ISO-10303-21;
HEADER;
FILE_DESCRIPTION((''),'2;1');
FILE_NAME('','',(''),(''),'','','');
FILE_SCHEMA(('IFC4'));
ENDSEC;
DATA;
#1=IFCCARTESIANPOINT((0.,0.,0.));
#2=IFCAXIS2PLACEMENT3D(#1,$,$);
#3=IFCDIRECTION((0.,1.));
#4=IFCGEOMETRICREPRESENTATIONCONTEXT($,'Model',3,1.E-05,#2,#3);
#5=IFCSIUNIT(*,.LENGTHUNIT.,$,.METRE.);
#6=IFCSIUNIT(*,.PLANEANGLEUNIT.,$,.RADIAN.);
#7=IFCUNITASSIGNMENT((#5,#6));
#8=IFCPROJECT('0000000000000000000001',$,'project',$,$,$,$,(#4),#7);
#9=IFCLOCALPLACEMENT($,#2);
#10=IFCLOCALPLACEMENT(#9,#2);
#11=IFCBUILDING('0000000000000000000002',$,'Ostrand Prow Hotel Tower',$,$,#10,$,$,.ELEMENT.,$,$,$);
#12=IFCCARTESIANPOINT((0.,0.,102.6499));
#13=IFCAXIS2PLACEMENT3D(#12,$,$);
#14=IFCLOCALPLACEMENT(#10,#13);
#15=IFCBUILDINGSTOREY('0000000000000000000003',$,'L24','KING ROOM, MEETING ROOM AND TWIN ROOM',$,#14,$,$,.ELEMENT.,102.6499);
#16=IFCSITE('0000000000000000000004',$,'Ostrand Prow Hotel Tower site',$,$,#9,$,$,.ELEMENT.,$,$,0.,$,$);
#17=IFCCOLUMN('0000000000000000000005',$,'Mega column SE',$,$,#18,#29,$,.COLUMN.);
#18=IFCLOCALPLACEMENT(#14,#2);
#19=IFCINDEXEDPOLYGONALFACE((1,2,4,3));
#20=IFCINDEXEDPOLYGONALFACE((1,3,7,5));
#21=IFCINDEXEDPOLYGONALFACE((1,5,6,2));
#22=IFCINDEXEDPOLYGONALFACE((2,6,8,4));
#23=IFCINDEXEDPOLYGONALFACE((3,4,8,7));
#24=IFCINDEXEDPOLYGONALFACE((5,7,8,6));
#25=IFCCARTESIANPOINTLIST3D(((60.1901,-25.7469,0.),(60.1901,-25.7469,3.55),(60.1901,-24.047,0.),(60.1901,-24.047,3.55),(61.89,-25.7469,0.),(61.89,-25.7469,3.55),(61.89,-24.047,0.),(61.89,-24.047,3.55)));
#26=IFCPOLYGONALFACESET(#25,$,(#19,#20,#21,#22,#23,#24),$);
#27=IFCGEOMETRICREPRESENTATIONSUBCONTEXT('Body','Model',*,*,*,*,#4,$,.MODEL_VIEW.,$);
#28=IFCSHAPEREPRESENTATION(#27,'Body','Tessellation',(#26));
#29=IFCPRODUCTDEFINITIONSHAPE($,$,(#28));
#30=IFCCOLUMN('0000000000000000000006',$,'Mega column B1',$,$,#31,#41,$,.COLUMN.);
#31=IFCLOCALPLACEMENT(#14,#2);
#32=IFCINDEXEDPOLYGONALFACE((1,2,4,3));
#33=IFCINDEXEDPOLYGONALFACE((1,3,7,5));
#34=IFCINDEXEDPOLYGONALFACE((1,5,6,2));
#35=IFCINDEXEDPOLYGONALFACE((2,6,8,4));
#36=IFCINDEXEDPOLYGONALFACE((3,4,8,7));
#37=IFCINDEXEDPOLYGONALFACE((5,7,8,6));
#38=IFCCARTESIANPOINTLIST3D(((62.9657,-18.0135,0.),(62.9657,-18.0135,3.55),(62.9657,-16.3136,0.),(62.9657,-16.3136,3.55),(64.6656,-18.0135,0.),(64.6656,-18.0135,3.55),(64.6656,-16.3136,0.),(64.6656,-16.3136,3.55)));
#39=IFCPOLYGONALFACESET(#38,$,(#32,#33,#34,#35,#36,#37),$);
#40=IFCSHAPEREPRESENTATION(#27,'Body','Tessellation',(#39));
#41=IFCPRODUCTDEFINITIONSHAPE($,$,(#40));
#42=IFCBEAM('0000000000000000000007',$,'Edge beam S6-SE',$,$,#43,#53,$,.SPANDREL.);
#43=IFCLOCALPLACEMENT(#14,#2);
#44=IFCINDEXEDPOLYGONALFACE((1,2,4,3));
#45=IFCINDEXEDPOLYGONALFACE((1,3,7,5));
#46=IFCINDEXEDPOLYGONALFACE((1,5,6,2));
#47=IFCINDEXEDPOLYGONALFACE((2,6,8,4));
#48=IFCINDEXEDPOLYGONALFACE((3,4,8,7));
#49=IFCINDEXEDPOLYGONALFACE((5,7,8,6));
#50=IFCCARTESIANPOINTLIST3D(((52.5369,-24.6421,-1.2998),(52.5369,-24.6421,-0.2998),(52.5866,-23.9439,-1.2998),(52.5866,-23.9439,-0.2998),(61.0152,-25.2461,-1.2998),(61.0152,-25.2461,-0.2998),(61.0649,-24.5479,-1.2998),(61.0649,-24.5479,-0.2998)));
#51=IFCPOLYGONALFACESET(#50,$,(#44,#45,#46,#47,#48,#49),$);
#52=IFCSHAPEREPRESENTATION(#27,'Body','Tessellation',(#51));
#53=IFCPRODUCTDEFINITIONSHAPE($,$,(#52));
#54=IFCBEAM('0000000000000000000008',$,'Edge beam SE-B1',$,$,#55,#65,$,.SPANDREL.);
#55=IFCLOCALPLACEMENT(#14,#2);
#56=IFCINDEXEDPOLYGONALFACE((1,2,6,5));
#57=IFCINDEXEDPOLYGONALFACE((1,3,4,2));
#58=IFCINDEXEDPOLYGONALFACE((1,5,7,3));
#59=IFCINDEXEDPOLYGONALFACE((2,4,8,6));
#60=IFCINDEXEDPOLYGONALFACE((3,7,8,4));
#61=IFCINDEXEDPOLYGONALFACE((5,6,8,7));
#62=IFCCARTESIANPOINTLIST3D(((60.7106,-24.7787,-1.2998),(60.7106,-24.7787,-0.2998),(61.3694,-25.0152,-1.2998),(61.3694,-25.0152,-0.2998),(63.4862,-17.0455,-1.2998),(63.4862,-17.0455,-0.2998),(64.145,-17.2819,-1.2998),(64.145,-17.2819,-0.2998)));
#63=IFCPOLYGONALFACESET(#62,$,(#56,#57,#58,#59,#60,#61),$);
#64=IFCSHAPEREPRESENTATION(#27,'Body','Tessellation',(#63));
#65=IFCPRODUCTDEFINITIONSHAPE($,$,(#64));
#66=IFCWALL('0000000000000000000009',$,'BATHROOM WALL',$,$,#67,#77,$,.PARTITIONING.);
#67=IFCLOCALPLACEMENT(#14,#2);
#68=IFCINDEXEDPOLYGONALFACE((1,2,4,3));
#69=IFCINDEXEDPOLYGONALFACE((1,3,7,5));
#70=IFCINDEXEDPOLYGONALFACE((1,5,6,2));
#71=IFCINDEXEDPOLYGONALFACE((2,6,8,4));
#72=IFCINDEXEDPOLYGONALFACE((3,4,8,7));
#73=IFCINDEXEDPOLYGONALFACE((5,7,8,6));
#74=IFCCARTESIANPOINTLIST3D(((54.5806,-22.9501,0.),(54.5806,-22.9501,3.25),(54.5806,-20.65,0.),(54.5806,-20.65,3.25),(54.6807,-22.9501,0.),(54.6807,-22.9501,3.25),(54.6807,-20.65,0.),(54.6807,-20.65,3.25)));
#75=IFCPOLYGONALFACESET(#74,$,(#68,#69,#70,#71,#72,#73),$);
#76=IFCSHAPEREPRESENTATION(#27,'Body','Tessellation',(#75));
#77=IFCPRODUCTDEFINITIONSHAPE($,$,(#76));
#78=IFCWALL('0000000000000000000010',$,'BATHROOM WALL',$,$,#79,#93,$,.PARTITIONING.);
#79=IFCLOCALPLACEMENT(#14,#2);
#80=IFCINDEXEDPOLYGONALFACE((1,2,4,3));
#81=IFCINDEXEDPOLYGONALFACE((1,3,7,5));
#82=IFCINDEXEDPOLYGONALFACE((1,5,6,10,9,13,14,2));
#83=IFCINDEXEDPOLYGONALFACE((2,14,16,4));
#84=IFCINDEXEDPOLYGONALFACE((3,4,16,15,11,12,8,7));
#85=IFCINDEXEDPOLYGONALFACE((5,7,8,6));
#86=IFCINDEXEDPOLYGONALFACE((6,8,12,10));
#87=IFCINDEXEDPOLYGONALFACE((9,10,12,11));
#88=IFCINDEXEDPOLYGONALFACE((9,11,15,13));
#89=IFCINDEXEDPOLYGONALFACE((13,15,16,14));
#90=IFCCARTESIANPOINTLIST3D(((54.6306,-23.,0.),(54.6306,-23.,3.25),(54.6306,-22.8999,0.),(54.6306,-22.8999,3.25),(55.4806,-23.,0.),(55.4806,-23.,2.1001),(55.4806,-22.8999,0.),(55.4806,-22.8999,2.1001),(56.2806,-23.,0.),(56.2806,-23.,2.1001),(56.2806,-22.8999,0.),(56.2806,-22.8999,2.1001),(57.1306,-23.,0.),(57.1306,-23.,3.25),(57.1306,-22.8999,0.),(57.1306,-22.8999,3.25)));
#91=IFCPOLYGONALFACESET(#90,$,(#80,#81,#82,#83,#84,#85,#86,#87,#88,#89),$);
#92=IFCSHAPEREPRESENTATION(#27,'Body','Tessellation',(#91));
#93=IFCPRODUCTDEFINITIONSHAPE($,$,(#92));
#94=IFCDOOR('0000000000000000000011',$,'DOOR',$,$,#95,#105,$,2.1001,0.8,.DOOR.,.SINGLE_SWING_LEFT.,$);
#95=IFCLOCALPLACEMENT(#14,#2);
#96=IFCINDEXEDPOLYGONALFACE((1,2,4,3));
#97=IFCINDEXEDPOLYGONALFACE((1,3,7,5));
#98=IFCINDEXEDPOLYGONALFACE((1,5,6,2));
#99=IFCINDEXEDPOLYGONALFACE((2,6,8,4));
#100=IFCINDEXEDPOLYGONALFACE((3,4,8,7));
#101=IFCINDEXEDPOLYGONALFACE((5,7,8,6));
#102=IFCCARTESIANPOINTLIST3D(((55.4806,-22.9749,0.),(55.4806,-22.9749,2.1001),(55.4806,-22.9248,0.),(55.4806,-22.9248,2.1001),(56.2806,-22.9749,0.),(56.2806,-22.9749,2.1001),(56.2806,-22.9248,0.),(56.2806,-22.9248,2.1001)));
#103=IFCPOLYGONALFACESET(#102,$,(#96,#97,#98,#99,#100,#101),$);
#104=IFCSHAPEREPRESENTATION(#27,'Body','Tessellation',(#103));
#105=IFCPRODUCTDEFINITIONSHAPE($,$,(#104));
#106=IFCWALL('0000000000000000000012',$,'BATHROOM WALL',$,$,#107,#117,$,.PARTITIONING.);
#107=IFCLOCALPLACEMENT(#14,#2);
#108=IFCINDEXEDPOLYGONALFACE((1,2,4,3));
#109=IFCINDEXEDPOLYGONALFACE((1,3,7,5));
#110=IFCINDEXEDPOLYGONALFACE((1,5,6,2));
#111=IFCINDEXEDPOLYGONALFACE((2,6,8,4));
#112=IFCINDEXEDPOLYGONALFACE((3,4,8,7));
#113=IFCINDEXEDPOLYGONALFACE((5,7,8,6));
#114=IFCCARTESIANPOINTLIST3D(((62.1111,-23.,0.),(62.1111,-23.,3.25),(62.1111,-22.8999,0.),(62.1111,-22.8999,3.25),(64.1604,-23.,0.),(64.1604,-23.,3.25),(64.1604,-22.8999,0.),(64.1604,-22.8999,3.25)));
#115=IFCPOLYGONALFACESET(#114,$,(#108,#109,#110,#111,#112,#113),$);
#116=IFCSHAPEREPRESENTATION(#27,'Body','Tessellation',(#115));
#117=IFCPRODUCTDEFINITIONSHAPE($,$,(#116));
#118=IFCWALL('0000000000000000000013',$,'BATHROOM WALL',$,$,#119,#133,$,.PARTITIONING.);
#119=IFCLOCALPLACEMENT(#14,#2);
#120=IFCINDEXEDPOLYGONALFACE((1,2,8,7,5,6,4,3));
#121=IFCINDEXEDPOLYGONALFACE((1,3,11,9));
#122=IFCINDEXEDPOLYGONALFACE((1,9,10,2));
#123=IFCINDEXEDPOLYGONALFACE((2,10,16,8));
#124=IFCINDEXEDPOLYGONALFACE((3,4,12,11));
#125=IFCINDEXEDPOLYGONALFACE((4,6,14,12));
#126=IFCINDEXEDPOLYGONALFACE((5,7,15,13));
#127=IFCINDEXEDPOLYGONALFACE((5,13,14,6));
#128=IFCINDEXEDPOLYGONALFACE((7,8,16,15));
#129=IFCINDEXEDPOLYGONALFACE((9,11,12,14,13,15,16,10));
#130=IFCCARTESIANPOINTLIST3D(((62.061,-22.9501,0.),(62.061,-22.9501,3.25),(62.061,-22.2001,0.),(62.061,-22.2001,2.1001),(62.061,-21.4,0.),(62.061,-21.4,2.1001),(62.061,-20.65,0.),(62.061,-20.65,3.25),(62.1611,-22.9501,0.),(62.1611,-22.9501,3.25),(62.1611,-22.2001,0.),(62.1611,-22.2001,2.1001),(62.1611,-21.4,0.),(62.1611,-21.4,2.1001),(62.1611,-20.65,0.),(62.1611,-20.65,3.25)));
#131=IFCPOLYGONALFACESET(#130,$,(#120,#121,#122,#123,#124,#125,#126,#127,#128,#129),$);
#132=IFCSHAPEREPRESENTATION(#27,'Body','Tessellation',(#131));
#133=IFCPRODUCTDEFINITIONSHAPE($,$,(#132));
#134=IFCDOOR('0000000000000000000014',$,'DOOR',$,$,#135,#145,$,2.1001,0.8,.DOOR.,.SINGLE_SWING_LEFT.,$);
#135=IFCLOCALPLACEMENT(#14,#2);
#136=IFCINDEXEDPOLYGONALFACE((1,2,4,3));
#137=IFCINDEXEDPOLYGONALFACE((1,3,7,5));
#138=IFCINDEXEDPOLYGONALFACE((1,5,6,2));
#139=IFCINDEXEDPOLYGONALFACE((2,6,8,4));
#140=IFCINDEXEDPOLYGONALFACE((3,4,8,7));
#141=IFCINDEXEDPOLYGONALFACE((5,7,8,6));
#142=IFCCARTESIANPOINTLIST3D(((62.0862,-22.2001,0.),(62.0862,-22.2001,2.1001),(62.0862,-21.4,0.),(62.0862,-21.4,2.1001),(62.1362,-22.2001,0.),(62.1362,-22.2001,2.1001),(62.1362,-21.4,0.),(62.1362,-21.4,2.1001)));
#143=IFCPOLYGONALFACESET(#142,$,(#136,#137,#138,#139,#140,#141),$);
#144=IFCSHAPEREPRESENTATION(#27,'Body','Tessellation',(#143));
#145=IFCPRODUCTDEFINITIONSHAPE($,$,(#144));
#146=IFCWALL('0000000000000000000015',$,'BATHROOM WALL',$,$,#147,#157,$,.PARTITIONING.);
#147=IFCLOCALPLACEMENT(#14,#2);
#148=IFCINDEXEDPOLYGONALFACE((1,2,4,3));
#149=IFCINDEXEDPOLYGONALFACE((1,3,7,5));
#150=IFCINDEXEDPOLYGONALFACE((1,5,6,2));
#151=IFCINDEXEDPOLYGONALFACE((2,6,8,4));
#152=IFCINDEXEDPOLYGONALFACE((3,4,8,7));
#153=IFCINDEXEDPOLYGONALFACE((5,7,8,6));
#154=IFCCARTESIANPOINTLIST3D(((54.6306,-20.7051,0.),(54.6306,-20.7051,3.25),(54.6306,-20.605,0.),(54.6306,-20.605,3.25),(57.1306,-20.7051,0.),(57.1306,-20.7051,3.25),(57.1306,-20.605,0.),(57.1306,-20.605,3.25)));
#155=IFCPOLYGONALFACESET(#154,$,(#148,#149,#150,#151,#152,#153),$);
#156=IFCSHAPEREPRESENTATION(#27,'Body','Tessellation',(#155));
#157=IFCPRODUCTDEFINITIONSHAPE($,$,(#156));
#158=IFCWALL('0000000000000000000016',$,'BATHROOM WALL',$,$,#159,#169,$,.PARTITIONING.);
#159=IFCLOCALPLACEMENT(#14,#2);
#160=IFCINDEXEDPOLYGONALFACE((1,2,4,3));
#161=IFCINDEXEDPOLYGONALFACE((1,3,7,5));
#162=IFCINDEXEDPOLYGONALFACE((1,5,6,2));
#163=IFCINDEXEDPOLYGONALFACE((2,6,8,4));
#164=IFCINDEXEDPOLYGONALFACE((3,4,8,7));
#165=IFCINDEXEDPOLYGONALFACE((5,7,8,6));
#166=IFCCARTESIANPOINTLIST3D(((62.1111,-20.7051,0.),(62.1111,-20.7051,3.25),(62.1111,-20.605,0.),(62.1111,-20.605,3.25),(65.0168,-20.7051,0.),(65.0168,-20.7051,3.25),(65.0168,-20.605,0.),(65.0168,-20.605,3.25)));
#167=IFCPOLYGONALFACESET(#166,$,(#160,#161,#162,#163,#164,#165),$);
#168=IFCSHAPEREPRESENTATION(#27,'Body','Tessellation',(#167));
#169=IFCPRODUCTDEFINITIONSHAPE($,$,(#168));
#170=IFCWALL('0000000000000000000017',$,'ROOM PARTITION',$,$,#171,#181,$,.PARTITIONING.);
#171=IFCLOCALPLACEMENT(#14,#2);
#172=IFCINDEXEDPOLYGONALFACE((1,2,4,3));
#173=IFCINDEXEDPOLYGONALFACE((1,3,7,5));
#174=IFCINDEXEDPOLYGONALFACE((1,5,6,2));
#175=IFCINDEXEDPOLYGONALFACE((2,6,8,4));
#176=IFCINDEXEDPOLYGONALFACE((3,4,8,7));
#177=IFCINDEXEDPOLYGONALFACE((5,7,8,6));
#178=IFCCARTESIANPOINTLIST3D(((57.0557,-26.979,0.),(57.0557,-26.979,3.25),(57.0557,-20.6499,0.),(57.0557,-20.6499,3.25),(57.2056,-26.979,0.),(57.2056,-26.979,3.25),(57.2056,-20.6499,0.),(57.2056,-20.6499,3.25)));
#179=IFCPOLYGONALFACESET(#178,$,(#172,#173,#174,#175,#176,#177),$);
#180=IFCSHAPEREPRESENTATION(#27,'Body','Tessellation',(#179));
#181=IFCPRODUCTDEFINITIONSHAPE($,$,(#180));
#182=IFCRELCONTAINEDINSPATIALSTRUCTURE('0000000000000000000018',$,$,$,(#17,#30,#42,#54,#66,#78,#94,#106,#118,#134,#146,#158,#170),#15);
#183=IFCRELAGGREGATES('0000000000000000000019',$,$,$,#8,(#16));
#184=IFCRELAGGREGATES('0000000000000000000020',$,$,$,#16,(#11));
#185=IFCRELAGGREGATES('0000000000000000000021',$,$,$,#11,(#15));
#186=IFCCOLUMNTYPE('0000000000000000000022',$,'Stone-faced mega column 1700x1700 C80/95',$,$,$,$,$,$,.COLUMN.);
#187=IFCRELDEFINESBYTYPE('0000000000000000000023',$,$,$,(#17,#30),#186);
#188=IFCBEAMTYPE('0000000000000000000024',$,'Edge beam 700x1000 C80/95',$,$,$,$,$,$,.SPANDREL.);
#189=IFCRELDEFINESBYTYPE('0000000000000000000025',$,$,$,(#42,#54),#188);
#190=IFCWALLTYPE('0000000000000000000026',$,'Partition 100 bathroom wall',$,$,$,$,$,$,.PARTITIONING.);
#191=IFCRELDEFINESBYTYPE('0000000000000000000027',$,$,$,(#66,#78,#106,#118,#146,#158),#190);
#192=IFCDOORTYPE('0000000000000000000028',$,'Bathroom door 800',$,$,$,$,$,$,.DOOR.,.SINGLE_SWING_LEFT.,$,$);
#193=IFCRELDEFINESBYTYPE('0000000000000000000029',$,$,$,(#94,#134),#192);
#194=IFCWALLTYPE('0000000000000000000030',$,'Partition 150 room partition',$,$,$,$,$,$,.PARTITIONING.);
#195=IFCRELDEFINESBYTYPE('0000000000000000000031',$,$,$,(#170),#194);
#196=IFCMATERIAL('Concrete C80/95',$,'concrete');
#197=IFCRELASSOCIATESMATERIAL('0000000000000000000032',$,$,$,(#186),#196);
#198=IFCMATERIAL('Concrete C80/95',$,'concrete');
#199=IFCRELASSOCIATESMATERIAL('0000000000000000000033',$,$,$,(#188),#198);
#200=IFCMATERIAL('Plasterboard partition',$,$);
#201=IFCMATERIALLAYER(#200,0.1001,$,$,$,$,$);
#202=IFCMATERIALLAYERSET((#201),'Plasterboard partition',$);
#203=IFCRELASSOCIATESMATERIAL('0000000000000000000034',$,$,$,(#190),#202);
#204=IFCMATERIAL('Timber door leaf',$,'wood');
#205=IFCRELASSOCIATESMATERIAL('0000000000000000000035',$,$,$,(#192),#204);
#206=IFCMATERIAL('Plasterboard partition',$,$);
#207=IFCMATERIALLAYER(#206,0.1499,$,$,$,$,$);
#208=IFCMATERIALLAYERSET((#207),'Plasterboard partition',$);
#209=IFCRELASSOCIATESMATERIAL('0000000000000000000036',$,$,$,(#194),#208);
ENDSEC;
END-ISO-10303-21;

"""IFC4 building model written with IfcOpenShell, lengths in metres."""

from ifc_helpers import new_model, si_unit, direction, frame, frame_2d, origin, origin_2d, place, context, subcontext, project, spatial, rectangle, extrude, material, layer, layer_set, material_profile, profile_set, type_object, element, fill, save


model = new_model("IFC4")

# Units and contexts
model_context = context("Model", 3, precision=1e-05, world=origin(), true_north=direction((0.0, 1.0)))
body_context = subcontext(model_context, "Body", "Model", "MODEL_VIEW")
ifc_project = project(units=[si_unit("LENGTHUNIT", "METRE"), si_unit("PLANEANGLEUNIT", "RADIAN")], contexts=[model_context])

# Site, building, storey
site_placement = place(None, origin())
site = spatial("IfcSite", under=ifc_project, at=site_placement, Name="Ostrand Prow Hotel Tower site", CompositionType="ELEMENT", RefElevation=0.0)
building_placement = place(site_placement, origin())
building = spatial("IfcBuilding", under=site, at=building_placement, Name="Ostrand Prow Hotel Tower", CompositionType="ELEMENT")
storey_placement = place(building_placement, frame((0.0, 0.0, 102.6499)))
storey = spatial("IfcBuildingStorey", under=building, at=storey_placement, Name="L24", Description="KING ROOM, MEETING ROOM AND TWIN ROOM", CompositionType="ELEMENT", Elevation=102.6499)

# Columns
ifc_material_1 = material(Name="Concrete C80/95", Category="concrete")
ifc_material_profile_1 = material_profile(ifc_material_1, rectangle(XDim=1.7, YDim=1.7, at=origin_2d()), Name="RC 1700x1700")
ifc_profile_set_1 = profile_set([ifc_material_profile_1], Name="Concrete C80/95")
column_type = type_object("IfcColumnType", Name="Stone-faced mega column 1700x1700 C80/95", PredefinedType="COLUMN", material=ifc_profile_set_1)
for number, where, z_axis, x_axis, name in (
    (1, (61.04, -24.897, 0.0), (0.0, 0.0, 1.0), (1.0, 0.0, 0.0), "Mega column SE"),
    (2, (63.8157, -17.1636, 0.0), (0.0, 0.0, 1.0), (1.0, 0.0, 0.0), "Mega column B1"),
):
    element("IfcColumn", number, at=place(storey_placement, frame(where, z_axis=z_axis, x_axis=x_axis)), inside=storey, type_object=column_type, Name=name, PredefinedType="COLUMN", context=body_context, shape_type="SweptSolid", body=[
        extrude(rectangle(XDim=1.7, YDim=1.7, at=origin_2d()), origin(), (0.0, 0.0, 1.0), 3.55),
    ])

# Beams
ifc_material_2 = material(Name="Concrete C80/95", Category="concrete")
ifc_material_profile_2 = material_profile(ifc_material_2, rectangle(XDim=0.7, YDim=1.0, at=origin_2d()), Name="RC 700x1000")
ifc_profile_set_2 = profile_set([ifc_material_profile_2], Name="Concrete C80/95")
beam_type = type_object("IfcBeamType", Name="Edge beam 700x1000 C80/95", PredefinedType="SPANDREL", material=ifc_profile_set_2)
beam_1_placement = place(storey_placement, frame((52.5618, -24.293, -0.7998), z_axis=(0.997472, -0.071061, 0.0), x_axis=(0.071061, 0.997472, 0.0)))
element("IfcBeam", 3, at=beam_1_placement, inside=storey, type_object=beam_type, Name="Edge beam S6-SE", PredefinedType="SPANDREL", context=body_context, shape_type="SweptSolid", body=[
    extrude(rectangle(XDim=0.7, YDim=1.0, at=origin_2d()), origin(), (0.0, 0.0, 1.0), 8.4998),
])
beam_2_placement = place(storey_placement, frame((61.04, -24.897, -0.7998), z_axis=(0.337815, 0.941212, 0.0), x_axis=(-0.941212, 0.337815, 0.0)))
element("IfcBeam", 4, at=beam_2_placement, inside=storey, type_object=beam_type, Name="Edge beam SE-B1", PredefinedType="SPANDREL", context=body_context, shape_type="SweptSolid", body=[
    extrude(rectangle(XDim=0.7, YDim=1.0, at=origin_2d()), origin(), (0.0, 0.0, 1.0), 8.2163),
])

# Wall
ifc_material_3 = material(Name="Plasterboard partition")
ifc_layer_1 = layer(ifc_material_3, 0.1001)
ifc_layer_set_1 = layer_set([ifc_layer_1], Name="Plasterboard partition")
wall_type_1 = type_object("IfcWallType", Name="Partition 100 bathroom wall", PredefinedType="PARTITIONING", material=ifc_layer_set_1)
wall_1_placement = place(storey_placement, frame((54.6306, -22.95, 0.0), z_axis=(0.0, 0.0, 1.0), x_axis=(0.0, 1.0, 0.0)))
element("IfcWall", 5, at=wall_1_placement, inside=storey, type_object=wall_type_1, Name="BATHROOM WALL", PredefinedType="PARTITIONING", context=body_context, shape_type="SweptSolid", body=[
    extrude(rectangle(XDim=2.3, YDim=0.1001, at=frame_2d((1.1499, 0.0))), origin(), (0.0, 0.0, 1.0), 3.25),
])

# Wall, opening, door
wall_2_placement = place(storey_placement, frame((57.1306, -22.95, 0.0), z_axis=(0.0, 0.0, 1.0), x_axis=(-1.0, 0.0, 0.0)))
wall_2 = element("IfcWall", 6, at=wall_2_placement, inside=storey, type_object=wall_type_1, Name="BATHROOM WALL", PredefinedType="PARTITIONING", context=body_context, shape_type="SweptSolid", body=[
    extrude(rectangle(XDim=2.5, YDim=0.1001, at=frame_2d((1.25, 0.0))), origin(), (0.0, 0.0, 1.0), 3.25),
])
opening_1_placement = place(wall_2_placement, frame((0.8501, 0.0, 0.0)))
opening_1 = element("IfcOpeningElement", 7, at=opening_1_placement, cuts=wall_2, PredefinedType="OPENING", context=body_context, shape_type="SweptSolid", body=[
    extrude(rectangle(XDim=0.8, YDim=2.1001, at=frame_2d((0.3999, 1.05))), frame((0.0, 0.0601, 0.0), z_axis=(0.0, -1.0, 0.0), x_axis=(1.0, 0.0, 0.0)), (0.0, 0.0, 1.0), 0.1201),
])
ifc_material_4 = material(Name="Timber door leaf", Category="wood")
door_type_1 = type_object("IfcDoorType", Name="Bathroom door 800", OperationType="SINGLE_SWING_LEFT", PredefinedType="DOOR", material=ifc_material_4)
door_1_placement = place(opening_1_placement, origin())
door_1 = element("IfcDoor", 8, at=door_1_placement, inside=storey, type_object=door_type_1, Name="DOOR", OperationType="SINGLE_SWING_LEFT", OverallHeight=2.1001, OverallWidth=0.8, PredefinedType="DOOR", context=body_context, shape_type="SweptSolid", body=[
    extrude(rectangle(XDim=0.8, YDim=2.1001, at=frame_2d((0.3999, 1.05))), frame((0.0, 0.0249, 0.0), z_axis=(0.0, -1.0, 0.0), x_axis=(1.0, 0.0, 0.0)), (0.0, 0.0, 1.0), 0.05),
])
fill(opening_1, door_1)

# Wall
wall_3_placement = place(storey_placement, frame((64.1604, -22.95, 0.0), z_axis=(0.0, 0.0, 1.0), x_axis=(-1.0, 0.0, 0.0)))
element("IfcWall", 9, at=wall_3_placement, inside=storey, type_object=wall_type_1, Name="BATHROOM WALL", PredefinedType="PARTITIONING", context=body_context, shape_type="SweptSolid", body=[
    extrude(rectangle(XDim=2.0493, YDim=0.1001, at=frame_2d((1.0247, 0.0))), origin(), (0.0, 0.0, 1.0), 3.25),
])

# Wall, opening, door
wall_4_placement = place(storey_placement, frame((62.1111, -22.95, 0.0), z_axis=(0.0, 0.0, 1.0), x_axis=(0.0, 1.0, 0.0)))
wall_4 = element("IfcWall", 10, at=wall_4_placement, inside=storey, type_object=wall_type_1, Name="BATHROOM WALL", PredefinedType="PARTITIONING", context=body_context, shape_type="SweptSolid", body=[
    extrude(rectangle(XDim=2.3, YDim=0.1001, at=frame_2d((1.1499, 0.0))), origin(), (0.0, 0.0, 1.0), 3.25),
])
opening_2_placement = place(wall_4_placement, frame((0.75, 0.0, 0.0)))
opening_2 = element("IfcOpeningElement", 11, at=opening_2_placement, cuts=wall_4, PredefinedType="OPENING", context=body_context, shape_type="SweptSolid", body=[
    extrude(rectangle(XDim=0.8, YDim=2.1001, at=frame_2d((0.3999, 1.05))), frame((0.0, 0.0601, 0.0), z_axis=(0.0, -1.0, 0.0), x_axis=(1.0, 0.0, 0.0)), (0.0, 0.0, 1.0), 0.1201),
])
door_2_placement = place(opening_2_placement, origin())
door_2 = element("IfcDoor", 12, at=door_2_placement, inside=storey, type_object=door_type_1, Name="DOOR", OperationType="SINGLE_SWING_LEFT", OverallHeight=2.1001, OverallWidth=0.8, PredefinedType="DOOR", context=body_context, shape_type="SweptSolid", body=[
    extrude(rectangle(XDim=0.8, YDim=2.1001, at=frame_2d((0.3999, 1.05))), frame((0.0, 0.0249, 0.0), z_axis=(0.0, -1.0, 0.0), x_axis=(1.0, 0.0, 0.0)), (0.0, 0.0, 1.0), 0.05),
])
fill(opening_2, door_2)

# Walls
wall_5_placement = place(storey_placement, frame((54.6306, -20.655, 0.0), z_axis=(0.0, 0.0, 1.0), x_axis=(1.0, 0.0, 0.0)))
element("IfcWall", 13, at=wall_5_placement, inside=storey, type_object=wall_type_1, Name="BATHROOM WALL", PredefinedType="PARTITIONING", context=body_context, shape_type="SweptSolid", body=[
    extrude(rectangle(XDim=2.5, YDim=0.1001, at=frame_2d((1.25, 0.0))), origin(), (0.0, 0.0, 1.0), 3.25),
])
wall_6_placement = place(storey_placement, frame((62.1111, -20.655, 0.0), z_axis=(0.0, 0.0, 1.0), x_axis=(1.0, 0.0, 0.0)))
element("IfcWall", 14, at=wall_6_placement, inside=storey, type_object=wall_type_1, Name="BATHROOM WALL", PredefinedType="PARTITIONING", context=body_context, shape_type="SweptSolid", body=[
    extrude(rectangle(XDim=2.9058, YDim=0.1001, at=frame_2d((1.4529, 0.0))), origin(), (0.0, 0.0, 1.0), 3.25),
])
ifc_material_5 = material(Name="Plasterboard partition")
ifc_layer_2 = layer(ifc_material_5, 0.1499)
ifc_layer_set_2 = layer_set([ifc_layer_2], Name="Plasterboard partition")
wall_type_2 = type_object("IfcWallType", Name="Partition 150 room partition", PredefinedType="PARTITIONING", material=ifc_layer_set_2)
wall_7_placement = place(storey_placement, frame((57.1306, -26.979, 0.0), z_axis=(0.0, 0.0, 1.0), x_axis=(0.0, 1.0, 0.0)))
element("IfcWall", 15, at=wall_7_placement, inside=storey, type_object=wall_type_2, Name="ROOM PARTITION", PredefinedType="PARTITIONING", context=body_context, shape_type="SweptSolid", body=[
    extrude(rectangle(XDim=6.3291, YDim=0.1499, at=frame_2d((3.1646, 0.0))), origin(), (0.0, 0.0, 1.0), 3.25),
])

save(model, "model.ifc")
